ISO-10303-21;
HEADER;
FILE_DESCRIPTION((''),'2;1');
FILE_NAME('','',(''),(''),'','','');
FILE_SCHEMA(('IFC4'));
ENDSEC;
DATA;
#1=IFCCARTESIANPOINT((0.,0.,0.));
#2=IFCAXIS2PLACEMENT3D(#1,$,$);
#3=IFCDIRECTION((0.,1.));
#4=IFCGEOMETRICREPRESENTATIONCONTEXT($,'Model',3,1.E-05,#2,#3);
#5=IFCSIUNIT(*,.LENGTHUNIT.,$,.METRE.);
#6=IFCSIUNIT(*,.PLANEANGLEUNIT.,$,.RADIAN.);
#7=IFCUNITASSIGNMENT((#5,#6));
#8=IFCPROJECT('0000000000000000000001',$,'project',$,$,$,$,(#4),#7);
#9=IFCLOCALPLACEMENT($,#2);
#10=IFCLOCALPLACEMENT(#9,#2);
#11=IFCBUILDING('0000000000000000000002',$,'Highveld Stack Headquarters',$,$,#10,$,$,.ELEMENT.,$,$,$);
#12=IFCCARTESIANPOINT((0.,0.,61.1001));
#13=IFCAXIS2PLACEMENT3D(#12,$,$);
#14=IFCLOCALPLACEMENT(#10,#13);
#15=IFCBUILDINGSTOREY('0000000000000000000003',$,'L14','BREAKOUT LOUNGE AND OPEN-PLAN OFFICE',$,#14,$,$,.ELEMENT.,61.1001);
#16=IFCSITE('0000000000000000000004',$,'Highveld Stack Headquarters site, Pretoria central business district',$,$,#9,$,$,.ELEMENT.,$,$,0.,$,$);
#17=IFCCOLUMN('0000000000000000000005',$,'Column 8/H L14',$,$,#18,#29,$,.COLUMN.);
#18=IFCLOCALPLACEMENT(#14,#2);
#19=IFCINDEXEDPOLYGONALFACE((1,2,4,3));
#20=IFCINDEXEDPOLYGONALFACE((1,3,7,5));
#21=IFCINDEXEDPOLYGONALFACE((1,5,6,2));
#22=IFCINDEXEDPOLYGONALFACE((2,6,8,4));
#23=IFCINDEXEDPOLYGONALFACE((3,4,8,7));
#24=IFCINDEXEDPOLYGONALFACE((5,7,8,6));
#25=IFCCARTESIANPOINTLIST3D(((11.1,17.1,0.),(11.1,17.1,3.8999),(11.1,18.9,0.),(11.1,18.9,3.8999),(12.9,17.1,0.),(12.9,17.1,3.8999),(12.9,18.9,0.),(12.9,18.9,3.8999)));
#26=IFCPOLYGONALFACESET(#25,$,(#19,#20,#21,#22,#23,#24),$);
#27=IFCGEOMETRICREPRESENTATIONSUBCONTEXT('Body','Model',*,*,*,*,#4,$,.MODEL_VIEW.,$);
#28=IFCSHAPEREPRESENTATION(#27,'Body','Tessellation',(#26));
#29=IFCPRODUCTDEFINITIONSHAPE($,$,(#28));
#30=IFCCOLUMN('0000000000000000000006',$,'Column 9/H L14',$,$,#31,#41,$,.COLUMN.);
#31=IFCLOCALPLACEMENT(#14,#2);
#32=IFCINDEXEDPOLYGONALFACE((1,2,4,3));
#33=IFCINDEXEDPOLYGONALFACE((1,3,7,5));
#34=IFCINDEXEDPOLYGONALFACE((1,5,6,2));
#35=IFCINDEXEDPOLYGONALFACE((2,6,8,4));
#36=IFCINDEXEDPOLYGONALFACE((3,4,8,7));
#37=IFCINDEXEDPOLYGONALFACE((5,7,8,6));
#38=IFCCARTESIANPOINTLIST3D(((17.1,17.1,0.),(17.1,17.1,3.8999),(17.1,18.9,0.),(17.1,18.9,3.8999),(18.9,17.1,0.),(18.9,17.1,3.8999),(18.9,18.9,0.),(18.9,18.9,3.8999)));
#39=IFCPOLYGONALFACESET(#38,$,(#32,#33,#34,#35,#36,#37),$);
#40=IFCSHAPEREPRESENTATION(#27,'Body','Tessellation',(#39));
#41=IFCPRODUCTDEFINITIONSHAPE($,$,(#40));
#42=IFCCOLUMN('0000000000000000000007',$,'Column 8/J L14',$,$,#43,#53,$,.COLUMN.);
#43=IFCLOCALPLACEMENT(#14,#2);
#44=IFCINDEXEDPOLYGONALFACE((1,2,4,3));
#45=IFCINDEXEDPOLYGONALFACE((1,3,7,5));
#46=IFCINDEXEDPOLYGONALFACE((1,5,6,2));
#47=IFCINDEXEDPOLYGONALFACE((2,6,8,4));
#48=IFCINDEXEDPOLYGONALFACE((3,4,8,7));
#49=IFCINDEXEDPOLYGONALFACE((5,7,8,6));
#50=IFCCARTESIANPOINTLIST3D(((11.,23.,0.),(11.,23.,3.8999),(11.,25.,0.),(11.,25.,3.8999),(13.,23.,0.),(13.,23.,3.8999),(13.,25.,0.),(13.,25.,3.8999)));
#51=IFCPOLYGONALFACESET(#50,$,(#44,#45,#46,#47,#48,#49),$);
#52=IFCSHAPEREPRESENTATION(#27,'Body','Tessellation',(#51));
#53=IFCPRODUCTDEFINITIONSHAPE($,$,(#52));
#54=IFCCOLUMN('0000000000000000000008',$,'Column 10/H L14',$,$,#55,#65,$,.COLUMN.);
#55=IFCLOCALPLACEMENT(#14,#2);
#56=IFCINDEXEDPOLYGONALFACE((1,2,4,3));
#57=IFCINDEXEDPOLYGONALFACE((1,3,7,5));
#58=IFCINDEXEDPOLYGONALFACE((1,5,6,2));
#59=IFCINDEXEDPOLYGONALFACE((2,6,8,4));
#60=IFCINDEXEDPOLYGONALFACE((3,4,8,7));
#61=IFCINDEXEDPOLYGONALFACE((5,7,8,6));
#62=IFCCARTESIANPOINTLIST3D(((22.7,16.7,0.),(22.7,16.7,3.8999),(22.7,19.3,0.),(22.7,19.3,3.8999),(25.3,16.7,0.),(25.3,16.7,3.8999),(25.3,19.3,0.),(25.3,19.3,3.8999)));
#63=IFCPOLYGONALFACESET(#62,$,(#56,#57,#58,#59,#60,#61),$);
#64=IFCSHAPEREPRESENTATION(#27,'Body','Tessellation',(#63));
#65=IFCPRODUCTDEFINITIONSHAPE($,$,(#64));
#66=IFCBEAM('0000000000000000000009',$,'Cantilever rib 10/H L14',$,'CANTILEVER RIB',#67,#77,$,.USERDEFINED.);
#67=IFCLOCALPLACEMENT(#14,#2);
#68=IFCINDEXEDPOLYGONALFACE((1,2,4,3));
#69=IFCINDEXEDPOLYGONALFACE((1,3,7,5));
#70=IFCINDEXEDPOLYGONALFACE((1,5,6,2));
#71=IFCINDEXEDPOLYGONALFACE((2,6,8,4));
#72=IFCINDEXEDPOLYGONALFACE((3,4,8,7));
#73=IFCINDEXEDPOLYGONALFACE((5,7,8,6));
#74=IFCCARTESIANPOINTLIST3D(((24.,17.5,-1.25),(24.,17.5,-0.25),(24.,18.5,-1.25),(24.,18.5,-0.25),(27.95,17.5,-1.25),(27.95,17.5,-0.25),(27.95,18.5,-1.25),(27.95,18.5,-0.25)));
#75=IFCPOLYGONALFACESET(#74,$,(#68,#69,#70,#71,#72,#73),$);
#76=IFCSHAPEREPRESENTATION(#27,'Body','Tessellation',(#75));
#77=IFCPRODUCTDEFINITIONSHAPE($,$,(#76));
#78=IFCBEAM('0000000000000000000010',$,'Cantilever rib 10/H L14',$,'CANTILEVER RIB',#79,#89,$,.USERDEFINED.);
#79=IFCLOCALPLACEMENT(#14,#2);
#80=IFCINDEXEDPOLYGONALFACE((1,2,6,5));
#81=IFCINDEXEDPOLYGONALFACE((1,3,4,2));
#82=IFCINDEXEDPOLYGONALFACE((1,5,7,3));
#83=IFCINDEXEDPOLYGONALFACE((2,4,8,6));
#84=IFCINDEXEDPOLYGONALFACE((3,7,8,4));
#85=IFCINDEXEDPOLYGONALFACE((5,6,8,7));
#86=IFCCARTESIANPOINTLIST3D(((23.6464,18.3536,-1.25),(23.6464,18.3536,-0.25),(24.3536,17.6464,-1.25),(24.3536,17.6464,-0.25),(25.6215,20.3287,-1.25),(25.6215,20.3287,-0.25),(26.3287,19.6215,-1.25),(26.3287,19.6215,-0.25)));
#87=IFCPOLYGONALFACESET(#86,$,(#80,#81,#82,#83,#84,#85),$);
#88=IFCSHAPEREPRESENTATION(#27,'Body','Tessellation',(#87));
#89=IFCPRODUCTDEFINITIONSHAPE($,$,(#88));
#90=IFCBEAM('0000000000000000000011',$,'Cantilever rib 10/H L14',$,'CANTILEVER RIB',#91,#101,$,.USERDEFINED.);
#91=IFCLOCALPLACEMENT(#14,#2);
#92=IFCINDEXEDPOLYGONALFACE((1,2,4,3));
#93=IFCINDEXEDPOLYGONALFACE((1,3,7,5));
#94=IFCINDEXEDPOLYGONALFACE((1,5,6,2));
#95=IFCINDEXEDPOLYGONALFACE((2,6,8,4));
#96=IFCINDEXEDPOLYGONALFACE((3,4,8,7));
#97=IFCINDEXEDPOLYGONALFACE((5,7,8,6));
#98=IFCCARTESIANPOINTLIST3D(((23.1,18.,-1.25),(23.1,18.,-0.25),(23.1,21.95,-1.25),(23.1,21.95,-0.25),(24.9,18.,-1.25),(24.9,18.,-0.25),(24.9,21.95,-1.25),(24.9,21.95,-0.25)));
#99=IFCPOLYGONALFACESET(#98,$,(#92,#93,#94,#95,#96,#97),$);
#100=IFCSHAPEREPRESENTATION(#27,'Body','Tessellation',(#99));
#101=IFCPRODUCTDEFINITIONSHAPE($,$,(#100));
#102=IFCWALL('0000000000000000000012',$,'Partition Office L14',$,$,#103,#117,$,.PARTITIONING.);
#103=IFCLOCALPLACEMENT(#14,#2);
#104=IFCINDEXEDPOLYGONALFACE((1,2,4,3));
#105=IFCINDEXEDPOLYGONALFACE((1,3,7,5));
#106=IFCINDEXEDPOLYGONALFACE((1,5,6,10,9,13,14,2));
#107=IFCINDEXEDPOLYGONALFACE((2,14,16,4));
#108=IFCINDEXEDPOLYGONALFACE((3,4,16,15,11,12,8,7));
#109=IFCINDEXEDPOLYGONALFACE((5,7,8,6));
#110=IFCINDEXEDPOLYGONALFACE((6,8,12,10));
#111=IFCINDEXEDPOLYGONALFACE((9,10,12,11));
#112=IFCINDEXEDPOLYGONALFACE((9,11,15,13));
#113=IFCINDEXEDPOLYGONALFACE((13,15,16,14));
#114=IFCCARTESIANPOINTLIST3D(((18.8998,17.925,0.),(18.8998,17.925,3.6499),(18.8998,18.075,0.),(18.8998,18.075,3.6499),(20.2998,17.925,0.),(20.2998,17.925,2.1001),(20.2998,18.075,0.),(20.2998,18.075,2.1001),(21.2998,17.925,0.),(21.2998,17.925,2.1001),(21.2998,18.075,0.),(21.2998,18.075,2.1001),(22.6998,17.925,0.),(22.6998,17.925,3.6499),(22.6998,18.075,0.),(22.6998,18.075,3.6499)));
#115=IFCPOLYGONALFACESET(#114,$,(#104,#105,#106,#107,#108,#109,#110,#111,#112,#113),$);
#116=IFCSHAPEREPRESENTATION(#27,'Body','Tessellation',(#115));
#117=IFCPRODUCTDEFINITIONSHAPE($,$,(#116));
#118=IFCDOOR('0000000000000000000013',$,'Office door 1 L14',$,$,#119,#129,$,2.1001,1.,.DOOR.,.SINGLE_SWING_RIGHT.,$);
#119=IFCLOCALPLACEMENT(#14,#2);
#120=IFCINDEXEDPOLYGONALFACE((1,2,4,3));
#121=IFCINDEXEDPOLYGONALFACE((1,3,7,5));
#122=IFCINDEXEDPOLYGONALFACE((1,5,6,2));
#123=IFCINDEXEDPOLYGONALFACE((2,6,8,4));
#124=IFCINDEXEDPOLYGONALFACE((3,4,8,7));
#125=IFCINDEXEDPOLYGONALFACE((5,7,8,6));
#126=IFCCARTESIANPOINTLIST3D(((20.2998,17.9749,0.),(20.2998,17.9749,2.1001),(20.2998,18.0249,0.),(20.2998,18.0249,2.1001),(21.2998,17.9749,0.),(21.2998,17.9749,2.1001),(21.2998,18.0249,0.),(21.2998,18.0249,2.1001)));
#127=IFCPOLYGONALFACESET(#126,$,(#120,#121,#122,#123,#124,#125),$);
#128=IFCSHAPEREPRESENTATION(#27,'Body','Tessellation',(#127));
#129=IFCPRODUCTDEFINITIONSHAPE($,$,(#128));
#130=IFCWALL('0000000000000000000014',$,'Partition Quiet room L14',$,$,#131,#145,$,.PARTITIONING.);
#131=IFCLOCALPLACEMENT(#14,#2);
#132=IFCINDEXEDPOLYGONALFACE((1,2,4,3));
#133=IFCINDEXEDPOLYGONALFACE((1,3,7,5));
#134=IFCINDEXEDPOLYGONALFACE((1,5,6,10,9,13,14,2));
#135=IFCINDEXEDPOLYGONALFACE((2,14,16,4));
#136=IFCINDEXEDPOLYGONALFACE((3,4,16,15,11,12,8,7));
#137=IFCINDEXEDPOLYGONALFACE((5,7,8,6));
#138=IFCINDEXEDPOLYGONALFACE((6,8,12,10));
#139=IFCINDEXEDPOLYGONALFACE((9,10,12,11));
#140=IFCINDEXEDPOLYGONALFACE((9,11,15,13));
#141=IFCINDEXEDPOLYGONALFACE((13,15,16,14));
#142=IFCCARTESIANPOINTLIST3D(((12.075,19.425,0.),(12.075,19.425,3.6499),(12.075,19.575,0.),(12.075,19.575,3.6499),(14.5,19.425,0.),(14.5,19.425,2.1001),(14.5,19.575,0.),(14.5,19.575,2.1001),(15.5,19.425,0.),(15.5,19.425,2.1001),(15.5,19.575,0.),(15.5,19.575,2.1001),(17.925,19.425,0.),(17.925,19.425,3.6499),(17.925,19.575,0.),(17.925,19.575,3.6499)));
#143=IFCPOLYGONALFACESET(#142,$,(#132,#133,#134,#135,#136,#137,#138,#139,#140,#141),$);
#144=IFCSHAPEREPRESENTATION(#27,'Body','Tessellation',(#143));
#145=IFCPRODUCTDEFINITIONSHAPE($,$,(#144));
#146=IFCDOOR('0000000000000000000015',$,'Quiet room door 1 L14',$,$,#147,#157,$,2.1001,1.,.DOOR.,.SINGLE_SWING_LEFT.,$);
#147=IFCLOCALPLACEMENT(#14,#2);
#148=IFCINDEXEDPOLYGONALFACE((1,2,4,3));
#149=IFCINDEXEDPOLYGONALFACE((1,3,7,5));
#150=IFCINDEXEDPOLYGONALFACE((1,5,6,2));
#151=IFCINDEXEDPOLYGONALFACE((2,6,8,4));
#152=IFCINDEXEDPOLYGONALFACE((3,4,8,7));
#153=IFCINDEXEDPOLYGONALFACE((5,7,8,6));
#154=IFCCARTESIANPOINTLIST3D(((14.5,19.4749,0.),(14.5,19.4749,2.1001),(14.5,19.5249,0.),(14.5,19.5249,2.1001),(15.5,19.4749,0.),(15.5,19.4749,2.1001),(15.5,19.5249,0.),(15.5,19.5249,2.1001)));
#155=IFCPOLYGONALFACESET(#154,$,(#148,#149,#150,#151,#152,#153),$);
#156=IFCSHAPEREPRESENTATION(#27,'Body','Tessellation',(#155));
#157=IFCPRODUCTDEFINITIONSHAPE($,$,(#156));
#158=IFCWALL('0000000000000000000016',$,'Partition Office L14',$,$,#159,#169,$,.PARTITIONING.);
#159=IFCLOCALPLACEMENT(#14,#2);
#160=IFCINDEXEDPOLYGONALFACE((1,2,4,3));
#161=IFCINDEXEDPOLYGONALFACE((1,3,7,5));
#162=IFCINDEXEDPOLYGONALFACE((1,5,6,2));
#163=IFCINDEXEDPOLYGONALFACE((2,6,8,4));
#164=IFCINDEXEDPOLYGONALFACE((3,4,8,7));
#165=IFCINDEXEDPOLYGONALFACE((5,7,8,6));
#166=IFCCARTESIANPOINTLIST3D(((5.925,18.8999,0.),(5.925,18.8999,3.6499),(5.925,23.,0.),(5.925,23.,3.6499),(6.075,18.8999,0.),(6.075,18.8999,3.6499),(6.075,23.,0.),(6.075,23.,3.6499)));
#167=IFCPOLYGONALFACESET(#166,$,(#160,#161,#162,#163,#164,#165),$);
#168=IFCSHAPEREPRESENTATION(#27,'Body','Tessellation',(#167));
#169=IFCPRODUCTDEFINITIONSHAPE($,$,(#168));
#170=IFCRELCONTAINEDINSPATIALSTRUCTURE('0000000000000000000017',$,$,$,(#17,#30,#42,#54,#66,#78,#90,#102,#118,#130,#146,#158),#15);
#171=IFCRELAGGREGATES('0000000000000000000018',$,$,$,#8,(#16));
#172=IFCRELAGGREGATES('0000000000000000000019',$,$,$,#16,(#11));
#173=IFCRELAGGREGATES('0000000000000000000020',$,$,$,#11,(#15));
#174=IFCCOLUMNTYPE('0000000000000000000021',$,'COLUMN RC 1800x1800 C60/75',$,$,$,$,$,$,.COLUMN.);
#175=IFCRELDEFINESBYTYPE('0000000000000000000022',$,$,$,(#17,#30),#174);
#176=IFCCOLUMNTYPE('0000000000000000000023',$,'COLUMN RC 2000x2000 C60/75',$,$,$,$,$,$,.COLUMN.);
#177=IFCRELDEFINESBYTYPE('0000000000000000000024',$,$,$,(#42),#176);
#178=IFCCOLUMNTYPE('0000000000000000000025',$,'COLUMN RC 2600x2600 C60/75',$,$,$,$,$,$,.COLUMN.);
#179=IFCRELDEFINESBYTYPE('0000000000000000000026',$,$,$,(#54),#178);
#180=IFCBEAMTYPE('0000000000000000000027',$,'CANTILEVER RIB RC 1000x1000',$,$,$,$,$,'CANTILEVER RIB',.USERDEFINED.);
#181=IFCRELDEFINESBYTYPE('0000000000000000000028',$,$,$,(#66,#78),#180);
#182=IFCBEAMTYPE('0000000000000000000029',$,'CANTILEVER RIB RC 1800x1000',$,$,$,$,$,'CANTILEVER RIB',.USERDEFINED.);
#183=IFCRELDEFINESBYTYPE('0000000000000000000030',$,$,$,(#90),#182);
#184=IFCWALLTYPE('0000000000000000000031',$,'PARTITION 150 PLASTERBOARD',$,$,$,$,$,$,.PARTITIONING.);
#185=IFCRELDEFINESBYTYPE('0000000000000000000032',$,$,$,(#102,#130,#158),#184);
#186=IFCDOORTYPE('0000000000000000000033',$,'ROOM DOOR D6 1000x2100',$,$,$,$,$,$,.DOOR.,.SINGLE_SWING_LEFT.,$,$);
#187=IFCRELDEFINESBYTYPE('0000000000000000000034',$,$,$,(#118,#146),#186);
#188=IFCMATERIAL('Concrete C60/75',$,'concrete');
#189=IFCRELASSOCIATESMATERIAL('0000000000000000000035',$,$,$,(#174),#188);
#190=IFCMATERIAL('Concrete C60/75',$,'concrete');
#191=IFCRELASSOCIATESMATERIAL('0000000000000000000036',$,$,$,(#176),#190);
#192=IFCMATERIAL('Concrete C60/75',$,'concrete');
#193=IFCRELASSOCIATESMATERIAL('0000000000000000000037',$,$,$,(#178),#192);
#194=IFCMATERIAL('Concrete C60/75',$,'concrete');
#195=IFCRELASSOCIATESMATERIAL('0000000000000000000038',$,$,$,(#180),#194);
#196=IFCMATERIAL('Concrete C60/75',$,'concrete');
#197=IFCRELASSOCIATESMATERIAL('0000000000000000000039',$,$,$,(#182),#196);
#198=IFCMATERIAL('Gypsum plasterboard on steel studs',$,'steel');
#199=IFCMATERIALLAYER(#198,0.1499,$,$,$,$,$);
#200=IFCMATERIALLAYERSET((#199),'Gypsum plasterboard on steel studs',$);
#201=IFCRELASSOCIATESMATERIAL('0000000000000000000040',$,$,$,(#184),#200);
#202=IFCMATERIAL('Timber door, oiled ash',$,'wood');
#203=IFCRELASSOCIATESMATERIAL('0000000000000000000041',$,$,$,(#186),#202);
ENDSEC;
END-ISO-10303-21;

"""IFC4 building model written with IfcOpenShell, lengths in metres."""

from ifc_helpers import new_model, si_unit, direction, frame, frame_2d, origin, origin_2d, place, context, subcontext, project, spatial, rectangle, extrude, material, layer, layer_set, material_profile, profile_set, type_object, element, fill, save


model = new_model("IFC4")

# Units and contexts
model_context = context("Model", 3, precision=1e-05, world=origin(), true_north=direction((0.0, 1.0)))
body_context = subcontext(model_context, "Body", "Model", "MODEL_VIEW")
ifc_project = project(units=[si_unit("LENGTHUNIT", "METRE"), si_unit("PLANEANGLEUNIT", "RADIAN")], contexts=[model_context])

# Site, building, storey
site_placement = place(None, origin())
site = spatial("IfcSite", under=ifc_project, at=site_placement, Name="Highveld Stack Headquarters site, Pretoria central business district", CompositionType="ELEMENT", RefElevation=0.0)
building_placement = place(site_placement, origin())
building = spatial("IfcBuilding", under=site, at=building_placement, Name="Highveld Stack Headquarters", CompositionType="ELEMENT")
storey_placement = place(building_placement, frame((0.0, 0.0, 61.1001)))
storey = spatial("IfcBuildingStorey", under=building, at=storey_placement, Name="L14", Description="BREAKOUT LOUNGE AND OPEN-PLAN OFFICE", CompositionType="ELEMENT", Elevation=61.1001)

# Columns
ifc_material_1 = material(Name="Concrete C60/75", Category="concrete")
ifc_material_profile_1 = material_profile(ifc_material_1, rectangle(XDim=1.8, YDim=1.8, at=origin_2d()), Name="RC 1800x1800")
ifc_profile_set_1 = profile_set([ifc_material_profile_1], Name="Concrete C60/75")
column_type_1 = type_object("IfcColumnType", Name="COLUMN RC 1800x1800 C60/75", PredefinedType="COLUMN", material=ifc_profile_set_1)
for number, where, z_axis, x_axis, name in (
    (1, (12.0, 18.0, 0.0), (0.0, 0.0, 1.0), (1.0, 0.0, 0.0), "Column 8/H L14"),
    (2, (18.0, 18.0, 0.0), (0.0, 0.0, 1.0), (1.0, 0.0, 0.0), "Column 9/H L14"),
):
    element("IfcColumn", number, at=place(storey_placement, frame(where, z_axis=z_axis, x_axis=x_axis)), inside=storey, type_object=column_type_1, Name=name, PredefinedType="COLUMN", context=body_context, shape_type="SweptSolid", body=[
        extrude(rectangle(XDim=1.8, YDim=1.8, at=origin_2d()), origin(), (0.0, 0.0, 1.0), 3.8999),
    ])
ifc_material_2 = material(Name="Concrete C60/75", Category="concrete")
ifc_material_profile_2 = material_profile(ifc_material_2, rectangle(XDim=2.0, YDim=2.0, at=origin_2d()), Name="RC 2000x2000")
ifc_profile_set_2 = profile_set([ifc_material_profile_2], Name="Concrete C60/75")
column_type_2 = type_object("IfcColumnType", Name="COLUMN RC 2000x2000 C60/75", PredefinedType="COLUMN", material=ifc_profile_set_2)
column_1_placement = place(storey_placement, frame((12.0, 24.0, 0.0), z_axis=(0.0, 0.0, 1.0), x_axis=(1.0, 0.0, 0.0)))
element("IfcColumn", 3, at=column_1_placement, inside=storey, type_object=column_type_2, Name="Column 8/J L14", PredefinedType="COLUMN", context=body_context, shape_type="SweptSolid", body=[
    extrude(rectangle(XDim=2.0, YDim=2.0, at=origin_2d()), origin(), (0.0, 0.0, 1.0), 3.8999),
])
ifc_material_3 = material(Name="Concrete C60/75", Category="concrete")
ifc_material_profile_3 = material_profile(ifc_material_3, rectangle(XDim=2.6001, YDim=2.6001, at=origin_2d()), Name="RC 2600x2600")
ifc_profile_set_3 = profile_set([ifc_material_profile_3], Name="Concrete C60/75")
column_type_3 = type_object("IfcColumnType", Name="COLUMN RC 2600x2600 C60/75", PredefinedType="COLUMN", material=ifc_profile_set_3)
column_2_placement = place(storey_placement, frame((24.0, 18.0, 0.0), z_axis=(0.0, 0.0, 1.0), x_axis=(1.0, 0.0, 0.0)))
element("IfcColumn", 4, at=column_2_placement, inside=storey, type_object=column_type_3, Name="Column 10/H L14", PredefinedType="COLUMN", context=body_context, shape_type="SweptSolid", body=[
    extrude(rectangle(XDim=2.6001, YDim=2.6001, at=origin_2d()), origin(), (0.0, 0.0, 1.0), 3.8999),
])

# Beams
ifc_material_4 = material(Name="Concrete C60/75", Category="concrete")
ifc_material_profile_4 = material_profile(ifc_material_4, rectangle(XDim=1.0, YDim=1.0, at=origin_2d()), Name="RC 1000x1000")
ifc_profile_set_4 = profile_set([ifc_material_profile_4], Name="Concrete C60/75")
beam_type_1 = type_object("IfcBeamType", Name="CANTILEVER RIB RC 1000x1000", ElementType="CANTILEVER RIB", PredefinedType="USERDEFINED", material=ifc_profile_set_4)
beam_1_placement = place(storey_placement, frame((24.0, 18.0, -0.75), z_axis=(1.0, 0.0, 0.0), x_axis=(0.0, 1.0, 0.0)))
element("IfcBeam", 5, at=beam_1_placement, inside=storey, type_object=beam_type_1, Name="Cantilever rib 10/H L14", ObjectType="CANTILEVER RIB", PredefinedType="USERDEFINED", context=body_context, shape_type="SweptSolid", body=[
    extrude(rectangle(XDim=1.0, YDim=1.0, at=origin_2d()), origin(), (0.0, 0.0, 1.0), 3.95),
])
beam_2_placement = place(storey_placement, frame((24.0, 18.0, -0.75), z_axis=(0.707107, 0.707107, 0.0), x_axis=(-0.707107, 0.707107, 0.0)))
element("IfcBeam", 6, at=beam_2_placement, inside=storey, type_object=beam_type_1, Name="Cantilever rib 10/H L14", ObjectType="CANTILEVER RIB", PredefinedType="USERDEFINED", context=body_context, shape_type="SweptSolid", body=[
    extrude(rectangle(XDim=1.0, YDim=1.0, at=origin_2d()), origin(), (0.0, 0.0, 1.0), 2.7932),
])
ifc_material_5 = material(Name="Concrete C60/75", Category="concrete")
ifc_material_profile_5 = material_profile(ifc_material_5, rectangle(XDim=1.8, YDim=1.0, at=origin_2d()), Name="RC 1800x1000")
ifc_profile_set_5 = profile_set([ifc_material_profile_5], Name="Concrete C60/75")
beam_type_2 = type_object("IfcBeamType", Name="CANTILEVER RIB RC 1800x1000", ElementType="CANTILEVER RIB", PredefinedType="USERDEFINED", material=ifc_profile_set_5)
beam_3_placement = place(storey_placement, frame((24.0, 18.0, -0.75), z_axis=(0.0, 1.0, 0.0), x_axis=(-1.0, 0.0, 0.0)))
element("IfcBeam", 7, at=beam_3_placement, inside=storey, type_object=beam_type_2, Name="Cantilever rib 10/H L14", ObjectType="CANTILEVER RIB", PredefinedType="USERDEFINED", context=body_context, shape_type="SweptSolid", body=[
    extrude(rectangle(XDim=1.8, YDim=1.0, at=origin_2d()), origin(), (0.0, 0.0, 1.0), 3.95),
])

# Walls, openings, doors
ifc_material_6 = material(Name="Gypsum plasterboard on steel studs", Category="steel")
ifc_layer = layer(ifc_material_6, 0.1499)
ifc_layer_set = layer_set([ifc_layer], Name="Gypsum plasterboard on steel studs")
wall_type = type_object("IfcWallType", Name="PARTITION 150 PLASTERBOARD", PredefinedType="PARTITIONING", material=ifc_layer_set)
wall_1_placement = place(storey_placement, frame((18.8999, 18.0, 0.0), z_axis=(0.0, 0.0, 1.0), x_axis=(1.0, 0.0, 0.0)))
wall_1 = element("IfcWall", 8, at=wall_1_placement, inside=storey, type_object=wall_type, Name="Partition Office L14", PredefinedType="PARTITIONING", context=body_context, shape_type="SweptSolid", body=[
    extrude(rectangle(XDim=3.8, YDim=0.1499, at=frame_2d((1.8999, 0.0))), origin(), (0.0, 0.0, 1.0), 3.6499),
])
opening_1_placement = place(wall_1_placement, frame((1.3999, 0.0, 0.0)))
opening_1 = element("IfcOpeningElement", 9, at=opening_1_placement, cuts=wall_1, PredefinedType="OPENING", context=body_context, shape_type="SweptSolid", body=[
    extrude(rectangle(XDim=1.0, YDim=2.1001, at=frame_2d((0.5, 1.05))), frame((0.0, 0.085, 0.0), z_axis=(0.0, -1.0, 0.0), x_axis=(1.0, 0.0, 0.0)), (0.0, 0.0, 1.0), 0.1699),
])
ifc_material_7 = material(Name="Timber door, oiled ash", Category="wood")
door_type = type_object("IfcDoorType", Name="ROOM DOOR D6 1000x2100", OperationType="SINGLE_SWING_LEFT", PredefinedType="DOOR", material=ifc_material_7)
door_1_placement = place(opening_1_placement, origin())
door_1 = element("IfcDoor", 10, at=door_1_placement, inside=storey, type_object=door_type, Name="Office door 1 L14", OperationType="SINGLE_SWING_RIGHT", OverallHeight=2.1001, OverallWidth=1.0, PredefinedType="DOOR", context=body_context, shape_type="SweptSolid", body=[
    extrude(rectangle(XDim=1.0, YDim=2.1001, at=frame_2d((0.5, 1.05))), frame((0.0, 0.0249, 0.0), z_axis=(0.0, -1.0, 0.0), x_axis=(1.0, 0.0, 0.0)), (0.0, 0.0, 1.0), 0.05),
])
fill(opening_1, door_1)
wall_2_placement = place(storey_placement, frame((12.075, 19.5, 0.0), z_axis=(0.0, 0.0, 1.0), x_axis=(1.0, 0.0, 0.0)))
wall_2 = element("IfcWall", 11, at=wall_2_placement, inside=storey, type_object=wall_type, Name="Partition Quiet room L14", PredefinedType="PARTITIONING", context=body_context, shape_type="SweptSolid", body=[
    extrude(rectangle(XDim=5.8501, YDim=0.1499, at=frame_2d((2.925, 0.0))), origin(), (0.0, 0.0, 1.0), 3.6499),
])
opening_2_placement = place(wall_2_placement, frame((2.425, 0.0, 0.0)))
opening_2 = element("IfcOpeningElement", 12, at=opening_2_placement, cuts=wall_2, PredefinedType="OPENING", context=body_context, shape_type="SweptSolid", body=[
    extrude(rectangle(XDim=1.0, YDim=2.1001, at=frame_2d((0.5, 1.05))), frame((0.0, 0.085, 0.0), z_axis=(0.0, -1.0, 0.0), x_axis=(1.0, 0.0, 0.0)), (0.0, 0.0, 1.0), 0.1699),
])
door_2_placement = place(opening_2_placement, origin())
door_2 = element("IfcDoor", 13, at=door_2_placement, inside=storey, type_object=door_type, Name="Quiet room door 1 L14", OperationType="SINGLE_SWING_LEFT", OverallHeight=2.1001, OverallWidth=1.0, PredefinedType="DOOR", context=body_context, shape_type="SweptSolid", body=[
    extrude(rectangle(XDim=1.0, YDim=2.1001, at=frame_2d((0.5, 1.05))), frame((0.0, 0.0249, 0.0), z_axis=(0.0, -1.0, 0.0), x_axis=(1.0, 0.0, 0.0)), (0.0, 0.0, 1.0), 0.05),
])
fill(opening_2, door_2)

# Wall
wall_3_placement = place(storey_placement, frame((6.0, 18.8999, 0.0), z_axis=(0.0, 0.0, 1.0), x_axis=(0.0, 1.0, 0.0)))
element("IfcWall", 14, at=wall_3_placement, inside=storey, type_object=wall_type, Name="Partition Office L14", PredefinedType="PARTITIONING", context=body_context, shape_type="SweptSolid", body=[
    extrude(rectangle(XDim=4.1001, YDim=0.1499, at=frame_2d((2.05, 0.0))), origin(), (0.0, 0.0, 1.0), 3.6499),
])

save(model, "model.ifc")
